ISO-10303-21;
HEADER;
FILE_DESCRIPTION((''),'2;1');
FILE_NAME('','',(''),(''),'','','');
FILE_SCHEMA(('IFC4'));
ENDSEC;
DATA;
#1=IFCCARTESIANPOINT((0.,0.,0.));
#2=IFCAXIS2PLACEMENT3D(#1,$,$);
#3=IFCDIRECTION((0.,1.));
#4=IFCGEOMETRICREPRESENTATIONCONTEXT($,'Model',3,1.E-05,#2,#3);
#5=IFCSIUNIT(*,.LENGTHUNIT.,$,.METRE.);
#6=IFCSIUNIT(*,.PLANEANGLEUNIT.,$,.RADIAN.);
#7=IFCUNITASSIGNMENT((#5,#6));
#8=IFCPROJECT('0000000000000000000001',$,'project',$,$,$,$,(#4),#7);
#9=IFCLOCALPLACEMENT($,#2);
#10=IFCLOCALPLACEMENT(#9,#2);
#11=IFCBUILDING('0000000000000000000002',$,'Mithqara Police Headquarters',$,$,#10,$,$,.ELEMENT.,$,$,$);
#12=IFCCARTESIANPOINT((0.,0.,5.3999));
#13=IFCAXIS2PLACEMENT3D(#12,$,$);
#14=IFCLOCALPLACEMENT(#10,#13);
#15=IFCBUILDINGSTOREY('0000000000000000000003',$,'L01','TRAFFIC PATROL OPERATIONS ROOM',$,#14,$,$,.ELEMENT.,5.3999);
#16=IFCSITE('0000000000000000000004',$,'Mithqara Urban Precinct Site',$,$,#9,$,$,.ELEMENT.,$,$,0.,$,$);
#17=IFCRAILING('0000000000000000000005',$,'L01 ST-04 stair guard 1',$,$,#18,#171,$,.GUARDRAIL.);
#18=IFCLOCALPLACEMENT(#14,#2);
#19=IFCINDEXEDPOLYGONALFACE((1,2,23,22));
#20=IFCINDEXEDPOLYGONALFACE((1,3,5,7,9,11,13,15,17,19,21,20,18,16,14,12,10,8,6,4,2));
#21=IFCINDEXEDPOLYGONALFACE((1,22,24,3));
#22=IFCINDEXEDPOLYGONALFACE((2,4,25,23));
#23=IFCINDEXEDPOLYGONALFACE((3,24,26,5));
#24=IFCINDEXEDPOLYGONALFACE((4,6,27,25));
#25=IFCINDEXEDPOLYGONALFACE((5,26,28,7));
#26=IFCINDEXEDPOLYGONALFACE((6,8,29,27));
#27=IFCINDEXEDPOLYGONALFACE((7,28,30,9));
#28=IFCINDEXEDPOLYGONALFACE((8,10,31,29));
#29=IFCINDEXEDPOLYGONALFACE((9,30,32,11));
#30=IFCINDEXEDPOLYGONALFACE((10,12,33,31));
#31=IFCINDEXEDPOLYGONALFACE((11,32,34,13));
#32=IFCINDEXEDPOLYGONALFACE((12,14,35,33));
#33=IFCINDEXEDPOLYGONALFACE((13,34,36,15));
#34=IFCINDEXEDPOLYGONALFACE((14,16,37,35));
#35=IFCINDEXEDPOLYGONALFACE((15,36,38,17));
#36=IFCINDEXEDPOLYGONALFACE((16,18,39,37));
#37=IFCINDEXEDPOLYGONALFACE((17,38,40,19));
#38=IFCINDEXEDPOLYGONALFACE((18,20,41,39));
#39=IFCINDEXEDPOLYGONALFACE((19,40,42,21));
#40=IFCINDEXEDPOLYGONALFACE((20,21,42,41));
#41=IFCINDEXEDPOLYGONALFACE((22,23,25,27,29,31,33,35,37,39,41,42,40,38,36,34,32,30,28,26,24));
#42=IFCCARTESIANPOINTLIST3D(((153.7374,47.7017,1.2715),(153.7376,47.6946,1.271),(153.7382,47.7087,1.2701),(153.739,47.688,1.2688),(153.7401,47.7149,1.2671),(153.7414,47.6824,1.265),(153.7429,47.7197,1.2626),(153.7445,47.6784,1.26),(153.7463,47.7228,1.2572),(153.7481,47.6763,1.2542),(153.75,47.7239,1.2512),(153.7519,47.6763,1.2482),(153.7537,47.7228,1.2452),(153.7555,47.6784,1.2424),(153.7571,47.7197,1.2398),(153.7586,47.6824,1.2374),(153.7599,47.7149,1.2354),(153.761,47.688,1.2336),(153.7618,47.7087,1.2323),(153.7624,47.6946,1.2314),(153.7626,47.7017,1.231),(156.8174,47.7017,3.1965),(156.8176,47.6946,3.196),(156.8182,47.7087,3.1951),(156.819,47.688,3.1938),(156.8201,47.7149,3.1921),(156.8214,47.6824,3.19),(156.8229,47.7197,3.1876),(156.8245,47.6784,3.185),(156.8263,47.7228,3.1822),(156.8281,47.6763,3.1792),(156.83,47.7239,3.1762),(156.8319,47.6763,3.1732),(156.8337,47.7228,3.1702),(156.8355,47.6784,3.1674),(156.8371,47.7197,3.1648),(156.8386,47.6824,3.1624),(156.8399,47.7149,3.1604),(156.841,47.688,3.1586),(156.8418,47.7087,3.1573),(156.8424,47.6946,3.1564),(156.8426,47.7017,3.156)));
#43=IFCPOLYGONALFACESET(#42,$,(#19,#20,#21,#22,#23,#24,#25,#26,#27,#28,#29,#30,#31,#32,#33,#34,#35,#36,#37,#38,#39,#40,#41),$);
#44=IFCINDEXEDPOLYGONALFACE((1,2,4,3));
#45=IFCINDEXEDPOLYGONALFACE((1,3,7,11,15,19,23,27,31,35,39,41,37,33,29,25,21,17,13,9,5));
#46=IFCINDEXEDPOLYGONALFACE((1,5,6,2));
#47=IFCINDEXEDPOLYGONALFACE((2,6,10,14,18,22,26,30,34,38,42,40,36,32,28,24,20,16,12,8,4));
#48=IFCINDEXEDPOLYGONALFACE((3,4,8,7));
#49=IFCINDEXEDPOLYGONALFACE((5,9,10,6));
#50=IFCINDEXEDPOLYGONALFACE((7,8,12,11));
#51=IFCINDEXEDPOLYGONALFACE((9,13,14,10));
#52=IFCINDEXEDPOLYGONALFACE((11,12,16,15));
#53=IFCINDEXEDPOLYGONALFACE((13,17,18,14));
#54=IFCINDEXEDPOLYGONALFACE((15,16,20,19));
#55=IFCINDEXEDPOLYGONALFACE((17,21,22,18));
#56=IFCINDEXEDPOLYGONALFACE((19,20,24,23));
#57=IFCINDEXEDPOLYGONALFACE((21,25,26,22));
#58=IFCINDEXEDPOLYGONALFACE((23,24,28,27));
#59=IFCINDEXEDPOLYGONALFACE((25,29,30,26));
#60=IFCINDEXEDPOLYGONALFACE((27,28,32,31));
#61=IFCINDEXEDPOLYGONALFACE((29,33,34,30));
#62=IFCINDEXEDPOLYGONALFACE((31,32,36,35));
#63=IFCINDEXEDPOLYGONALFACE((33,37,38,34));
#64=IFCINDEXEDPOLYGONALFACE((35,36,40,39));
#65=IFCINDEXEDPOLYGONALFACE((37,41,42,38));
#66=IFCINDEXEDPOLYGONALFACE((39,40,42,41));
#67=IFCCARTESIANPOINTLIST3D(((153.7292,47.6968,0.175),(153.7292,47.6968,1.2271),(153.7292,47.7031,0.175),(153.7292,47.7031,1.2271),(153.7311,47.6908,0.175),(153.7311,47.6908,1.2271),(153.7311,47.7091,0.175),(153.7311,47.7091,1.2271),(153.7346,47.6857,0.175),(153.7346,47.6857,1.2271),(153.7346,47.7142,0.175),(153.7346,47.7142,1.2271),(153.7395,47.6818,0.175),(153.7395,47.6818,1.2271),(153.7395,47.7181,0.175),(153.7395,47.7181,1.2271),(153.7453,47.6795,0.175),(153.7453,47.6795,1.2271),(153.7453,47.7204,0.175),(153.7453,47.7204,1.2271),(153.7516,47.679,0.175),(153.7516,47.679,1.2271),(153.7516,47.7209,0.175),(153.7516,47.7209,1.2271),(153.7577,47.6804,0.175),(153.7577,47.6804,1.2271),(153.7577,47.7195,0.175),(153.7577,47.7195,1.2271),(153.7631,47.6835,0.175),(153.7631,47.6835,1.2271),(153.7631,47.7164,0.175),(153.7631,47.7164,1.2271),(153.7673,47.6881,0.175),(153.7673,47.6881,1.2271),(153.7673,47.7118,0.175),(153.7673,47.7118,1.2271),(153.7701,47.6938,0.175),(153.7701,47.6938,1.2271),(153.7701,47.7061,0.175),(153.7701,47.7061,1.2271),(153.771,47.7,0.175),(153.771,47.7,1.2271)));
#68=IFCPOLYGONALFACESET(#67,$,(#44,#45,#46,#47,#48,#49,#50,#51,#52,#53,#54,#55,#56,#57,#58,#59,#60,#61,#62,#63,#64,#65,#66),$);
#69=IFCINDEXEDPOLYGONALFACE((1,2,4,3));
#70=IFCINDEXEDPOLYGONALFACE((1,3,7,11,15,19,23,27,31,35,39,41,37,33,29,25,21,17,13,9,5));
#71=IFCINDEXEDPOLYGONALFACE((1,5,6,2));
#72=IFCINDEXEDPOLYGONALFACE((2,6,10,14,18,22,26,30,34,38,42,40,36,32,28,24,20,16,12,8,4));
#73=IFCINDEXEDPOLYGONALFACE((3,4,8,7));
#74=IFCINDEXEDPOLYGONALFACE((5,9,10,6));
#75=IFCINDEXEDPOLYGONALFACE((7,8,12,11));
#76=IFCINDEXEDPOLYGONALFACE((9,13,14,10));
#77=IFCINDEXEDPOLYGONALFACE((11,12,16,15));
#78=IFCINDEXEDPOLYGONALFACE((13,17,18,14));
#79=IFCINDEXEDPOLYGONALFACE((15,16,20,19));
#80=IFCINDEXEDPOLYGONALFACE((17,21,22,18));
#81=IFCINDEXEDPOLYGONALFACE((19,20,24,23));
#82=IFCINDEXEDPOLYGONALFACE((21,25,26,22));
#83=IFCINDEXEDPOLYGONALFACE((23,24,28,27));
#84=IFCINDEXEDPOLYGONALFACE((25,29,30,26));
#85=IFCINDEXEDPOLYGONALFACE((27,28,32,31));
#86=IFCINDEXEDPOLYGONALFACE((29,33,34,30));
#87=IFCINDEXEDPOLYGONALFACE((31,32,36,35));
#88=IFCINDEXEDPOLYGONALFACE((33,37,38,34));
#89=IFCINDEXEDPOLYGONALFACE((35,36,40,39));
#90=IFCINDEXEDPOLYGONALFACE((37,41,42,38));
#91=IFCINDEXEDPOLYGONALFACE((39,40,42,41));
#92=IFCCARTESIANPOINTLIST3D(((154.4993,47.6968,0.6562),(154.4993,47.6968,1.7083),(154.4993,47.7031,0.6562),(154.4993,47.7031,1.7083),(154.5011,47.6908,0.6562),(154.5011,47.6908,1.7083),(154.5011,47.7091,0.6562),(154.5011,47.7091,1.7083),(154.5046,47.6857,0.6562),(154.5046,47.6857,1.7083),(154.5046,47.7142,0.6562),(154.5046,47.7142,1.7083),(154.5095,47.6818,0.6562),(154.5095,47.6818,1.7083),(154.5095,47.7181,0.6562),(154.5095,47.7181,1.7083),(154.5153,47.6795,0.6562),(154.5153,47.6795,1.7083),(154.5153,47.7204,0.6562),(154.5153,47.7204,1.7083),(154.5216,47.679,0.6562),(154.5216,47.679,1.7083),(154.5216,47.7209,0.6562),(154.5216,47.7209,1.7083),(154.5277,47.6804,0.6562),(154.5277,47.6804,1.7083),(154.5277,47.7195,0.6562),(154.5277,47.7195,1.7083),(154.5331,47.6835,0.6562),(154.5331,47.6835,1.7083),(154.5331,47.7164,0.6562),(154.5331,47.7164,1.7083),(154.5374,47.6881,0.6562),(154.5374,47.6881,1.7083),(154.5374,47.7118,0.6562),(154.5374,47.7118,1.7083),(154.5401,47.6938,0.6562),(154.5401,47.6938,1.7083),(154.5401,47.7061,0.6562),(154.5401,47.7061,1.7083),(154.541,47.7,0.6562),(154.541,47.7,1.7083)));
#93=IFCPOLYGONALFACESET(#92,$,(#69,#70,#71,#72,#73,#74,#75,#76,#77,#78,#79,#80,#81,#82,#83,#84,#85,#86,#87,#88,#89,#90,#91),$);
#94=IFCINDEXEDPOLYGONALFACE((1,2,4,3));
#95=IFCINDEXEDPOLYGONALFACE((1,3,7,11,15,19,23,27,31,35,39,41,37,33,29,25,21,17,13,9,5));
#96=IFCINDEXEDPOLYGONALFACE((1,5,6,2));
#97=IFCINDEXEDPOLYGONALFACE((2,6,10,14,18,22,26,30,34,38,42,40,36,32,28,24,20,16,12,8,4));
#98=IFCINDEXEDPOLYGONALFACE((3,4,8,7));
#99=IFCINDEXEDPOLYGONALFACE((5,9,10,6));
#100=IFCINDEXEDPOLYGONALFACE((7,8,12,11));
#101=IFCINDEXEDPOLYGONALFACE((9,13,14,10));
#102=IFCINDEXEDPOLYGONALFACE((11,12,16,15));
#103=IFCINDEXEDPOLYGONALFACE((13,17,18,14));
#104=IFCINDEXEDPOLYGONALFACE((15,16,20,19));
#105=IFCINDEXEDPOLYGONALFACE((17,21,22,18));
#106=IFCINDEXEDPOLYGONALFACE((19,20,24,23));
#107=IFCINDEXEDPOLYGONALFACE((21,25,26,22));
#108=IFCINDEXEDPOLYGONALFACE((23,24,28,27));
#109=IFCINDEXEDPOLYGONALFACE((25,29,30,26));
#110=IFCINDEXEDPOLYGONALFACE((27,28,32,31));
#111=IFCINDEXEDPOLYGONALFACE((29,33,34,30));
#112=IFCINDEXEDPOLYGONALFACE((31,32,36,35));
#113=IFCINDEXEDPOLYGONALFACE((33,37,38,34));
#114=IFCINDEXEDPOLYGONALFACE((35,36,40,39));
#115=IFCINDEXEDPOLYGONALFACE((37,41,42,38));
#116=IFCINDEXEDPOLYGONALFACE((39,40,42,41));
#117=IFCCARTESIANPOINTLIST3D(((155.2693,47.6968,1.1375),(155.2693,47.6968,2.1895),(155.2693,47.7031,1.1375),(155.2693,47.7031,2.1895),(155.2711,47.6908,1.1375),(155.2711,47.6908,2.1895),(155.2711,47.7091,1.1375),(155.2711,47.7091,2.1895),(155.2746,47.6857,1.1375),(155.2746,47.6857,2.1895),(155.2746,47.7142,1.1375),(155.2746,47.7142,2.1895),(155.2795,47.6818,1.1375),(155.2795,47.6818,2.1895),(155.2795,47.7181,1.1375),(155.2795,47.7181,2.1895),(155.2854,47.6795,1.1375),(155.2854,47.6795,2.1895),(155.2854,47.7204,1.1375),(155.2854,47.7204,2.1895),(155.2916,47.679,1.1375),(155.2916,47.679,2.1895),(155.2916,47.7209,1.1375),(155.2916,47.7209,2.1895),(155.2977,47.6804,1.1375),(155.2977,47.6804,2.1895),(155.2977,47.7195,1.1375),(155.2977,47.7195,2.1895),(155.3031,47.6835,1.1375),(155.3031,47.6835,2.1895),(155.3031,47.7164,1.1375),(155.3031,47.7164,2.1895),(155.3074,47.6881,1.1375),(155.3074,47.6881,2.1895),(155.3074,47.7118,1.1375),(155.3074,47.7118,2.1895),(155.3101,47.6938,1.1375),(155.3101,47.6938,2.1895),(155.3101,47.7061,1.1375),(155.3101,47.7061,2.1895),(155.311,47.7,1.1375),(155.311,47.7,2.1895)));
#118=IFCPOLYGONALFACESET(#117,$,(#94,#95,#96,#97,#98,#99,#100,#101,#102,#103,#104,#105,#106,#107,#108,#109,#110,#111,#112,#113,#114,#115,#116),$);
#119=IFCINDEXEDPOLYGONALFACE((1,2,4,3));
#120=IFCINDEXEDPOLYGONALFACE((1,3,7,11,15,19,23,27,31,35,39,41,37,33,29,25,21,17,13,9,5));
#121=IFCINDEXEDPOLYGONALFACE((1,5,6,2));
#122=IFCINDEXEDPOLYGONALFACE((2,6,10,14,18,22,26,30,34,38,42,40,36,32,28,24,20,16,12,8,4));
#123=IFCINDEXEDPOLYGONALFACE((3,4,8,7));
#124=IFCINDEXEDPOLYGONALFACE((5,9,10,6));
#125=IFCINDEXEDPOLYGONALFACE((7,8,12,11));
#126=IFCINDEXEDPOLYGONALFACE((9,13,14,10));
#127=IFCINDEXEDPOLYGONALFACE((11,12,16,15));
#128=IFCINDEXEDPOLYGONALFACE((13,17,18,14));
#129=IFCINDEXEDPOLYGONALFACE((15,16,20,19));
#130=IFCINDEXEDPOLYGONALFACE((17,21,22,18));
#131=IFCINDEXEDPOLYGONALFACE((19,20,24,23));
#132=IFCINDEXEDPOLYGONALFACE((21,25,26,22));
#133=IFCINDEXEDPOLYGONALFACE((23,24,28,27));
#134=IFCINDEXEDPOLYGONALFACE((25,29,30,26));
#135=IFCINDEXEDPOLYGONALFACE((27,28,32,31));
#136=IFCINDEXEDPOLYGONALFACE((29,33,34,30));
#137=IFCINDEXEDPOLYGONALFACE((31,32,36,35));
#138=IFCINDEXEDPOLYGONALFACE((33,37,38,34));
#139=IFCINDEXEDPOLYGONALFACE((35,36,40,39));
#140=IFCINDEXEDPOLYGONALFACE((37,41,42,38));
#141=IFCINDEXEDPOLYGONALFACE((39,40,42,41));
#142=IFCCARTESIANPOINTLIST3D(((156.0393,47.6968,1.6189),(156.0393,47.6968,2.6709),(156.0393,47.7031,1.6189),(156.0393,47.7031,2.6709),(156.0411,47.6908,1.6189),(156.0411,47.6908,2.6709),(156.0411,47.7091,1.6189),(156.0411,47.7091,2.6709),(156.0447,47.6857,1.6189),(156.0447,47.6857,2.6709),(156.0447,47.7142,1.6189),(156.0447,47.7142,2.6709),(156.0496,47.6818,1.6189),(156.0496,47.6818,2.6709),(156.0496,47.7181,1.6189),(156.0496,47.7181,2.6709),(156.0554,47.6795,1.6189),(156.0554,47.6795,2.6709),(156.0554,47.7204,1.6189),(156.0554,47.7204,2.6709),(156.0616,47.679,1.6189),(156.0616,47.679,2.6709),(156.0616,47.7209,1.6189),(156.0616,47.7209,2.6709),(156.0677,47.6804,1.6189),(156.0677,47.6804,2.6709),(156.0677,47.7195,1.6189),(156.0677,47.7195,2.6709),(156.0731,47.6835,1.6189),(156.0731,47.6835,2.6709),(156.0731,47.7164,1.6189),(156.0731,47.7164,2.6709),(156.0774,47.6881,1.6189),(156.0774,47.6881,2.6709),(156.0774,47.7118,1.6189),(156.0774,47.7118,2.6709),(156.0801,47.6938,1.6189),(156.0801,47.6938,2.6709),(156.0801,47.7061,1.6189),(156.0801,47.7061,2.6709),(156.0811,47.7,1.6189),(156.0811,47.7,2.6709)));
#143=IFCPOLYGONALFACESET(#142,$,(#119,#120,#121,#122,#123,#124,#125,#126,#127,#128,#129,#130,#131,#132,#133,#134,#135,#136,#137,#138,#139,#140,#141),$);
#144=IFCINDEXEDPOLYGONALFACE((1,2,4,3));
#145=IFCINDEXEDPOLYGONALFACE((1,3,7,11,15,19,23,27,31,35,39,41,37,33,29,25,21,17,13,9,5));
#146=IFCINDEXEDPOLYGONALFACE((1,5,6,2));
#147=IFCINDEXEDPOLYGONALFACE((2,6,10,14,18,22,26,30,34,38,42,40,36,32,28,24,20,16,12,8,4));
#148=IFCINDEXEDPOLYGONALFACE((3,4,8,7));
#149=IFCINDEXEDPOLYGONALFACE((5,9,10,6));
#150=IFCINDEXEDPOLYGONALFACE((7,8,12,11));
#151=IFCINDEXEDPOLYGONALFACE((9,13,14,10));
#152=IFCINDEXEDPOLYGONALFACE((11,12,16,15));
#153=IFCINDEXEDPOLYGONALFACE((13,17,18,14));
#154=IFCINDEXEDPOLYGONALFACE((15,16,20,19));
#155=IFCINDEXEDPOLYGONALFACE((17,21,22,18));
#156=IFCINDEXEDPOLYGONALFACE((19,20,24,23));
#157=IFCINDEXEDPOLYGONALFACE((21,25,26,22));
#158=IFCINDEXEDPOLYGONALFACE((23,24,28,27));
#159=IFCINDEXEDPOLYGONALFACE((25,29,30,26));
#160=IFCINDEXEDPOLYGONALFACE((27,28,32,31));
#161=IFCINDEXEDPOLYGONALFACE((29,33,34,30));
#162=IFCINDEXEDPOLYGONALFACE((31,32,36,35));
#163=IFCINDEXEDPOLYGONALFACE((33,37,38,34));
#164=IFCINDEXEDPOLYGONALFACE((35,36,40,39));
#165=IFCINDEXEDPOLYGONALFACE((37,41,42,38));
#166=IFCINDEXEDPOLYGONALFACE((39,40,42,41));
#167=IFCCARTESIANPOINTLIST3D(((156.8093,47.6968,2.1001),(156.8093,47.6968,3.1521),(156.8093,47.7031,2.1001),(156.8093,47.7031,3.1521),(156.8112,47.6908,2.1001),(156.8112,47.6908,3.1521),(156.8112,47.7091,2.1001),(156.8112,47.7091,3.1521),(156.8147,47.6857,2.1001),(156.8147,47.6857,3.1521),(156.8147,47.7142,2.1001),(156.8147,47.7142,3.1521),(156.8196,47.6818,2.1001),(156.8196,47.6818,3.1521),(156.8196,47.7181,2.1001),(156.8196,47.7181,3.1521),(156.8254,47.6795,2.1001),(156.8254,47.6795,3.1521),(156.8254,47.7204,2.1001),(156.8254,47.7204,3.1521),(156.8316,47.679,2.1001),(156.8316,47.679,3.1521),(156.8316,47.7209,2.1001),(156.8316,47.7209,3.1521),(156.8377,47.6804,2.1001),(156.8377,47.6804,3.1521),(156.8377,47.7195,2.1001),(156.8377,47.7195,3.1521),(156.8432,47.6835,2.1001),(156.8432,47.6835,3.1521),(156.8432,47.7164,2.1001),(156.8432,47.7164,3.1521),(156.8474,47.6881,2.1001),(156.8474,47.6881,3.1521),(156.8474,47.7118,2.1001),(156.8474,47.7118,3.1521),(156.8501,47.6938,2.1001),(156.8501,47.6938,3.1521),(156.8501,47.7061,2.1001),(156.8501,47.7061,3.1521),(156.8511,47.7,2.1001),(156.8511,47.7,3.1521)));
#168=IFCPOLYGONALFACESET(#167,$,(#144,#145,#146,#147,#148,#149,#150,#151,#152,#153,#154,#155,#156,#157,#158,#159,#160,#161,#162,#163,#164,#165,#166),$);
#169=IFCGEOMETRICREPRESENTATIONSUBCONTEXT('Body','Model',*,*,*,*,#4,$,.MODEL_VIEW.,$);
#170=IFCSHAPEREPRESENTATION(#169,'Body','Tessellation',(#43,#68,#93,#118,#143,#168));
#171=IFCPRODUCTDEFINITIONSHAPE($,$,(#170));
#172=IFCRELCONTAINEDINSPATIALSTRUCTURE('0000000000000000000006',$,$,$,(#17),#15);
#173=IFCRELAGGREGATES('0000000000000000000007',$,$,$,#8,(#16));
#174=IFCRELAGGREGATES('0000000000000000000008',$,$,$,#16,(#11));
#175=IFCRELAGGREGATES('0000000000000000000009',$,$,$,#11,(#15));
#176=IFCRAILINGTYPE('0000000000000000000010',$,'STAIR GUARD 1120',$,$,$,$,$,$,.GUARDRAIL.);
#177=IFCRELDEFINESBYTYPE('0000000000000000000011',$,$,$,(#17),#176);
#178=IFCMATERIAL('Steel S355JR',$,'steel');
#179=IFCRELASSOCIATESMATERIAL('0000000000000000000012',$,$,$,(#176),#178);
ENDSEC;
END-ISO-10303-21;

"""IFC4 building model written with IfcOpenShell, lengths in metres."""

from ifc_helpers import new_model, si_unit, direction, frame, origin, origin_2d, place, context, subcontext, project, spatial, circle, extrude, material, type_object, element, save


model = new_model("IFC4")

# Units and contexts
model_context = context("Model", 3, precision=1e-05, world=origin(), true_north=direction((0.0, 1.0)))
body_context = subcontext(model_context, "Body", "Model", "MODEL_VIEW")
ifc_project = project(units=[si_unit("LENGTHUNIT", "METRE"), si_unit("PLANEANGLEUNIT", "RADIAN")], contexts=[model_context])

# Site, building, storey
site_placement = place(None, origin())
site = spatial("IfcSite", under=ifc_project, at=site_placement, Name="Mithqara Urban Precinct Site", CompositionType="ELEMENT", RefElevation=0.0)
building_placement = place(site_placement, origin())
building = spatial("IfcBuilding", under=site, at=building_placement, Name="Mithqara Police Headquarters", CompositionType="ELEMENT")
storey_placement = place(building_placement, frame((0.0, 0.0, 5.3999)))
storey = spatial("IfcBuildingStorey", under=building, at=storey_placement, Name="L01", Description="TRAFFIC PATROL OPERATIONS ROOM", CompositionType="ELEMENT", Elevation=5.3999)

# Shared definitions
ifc_material_1 = material(Name="Steel S355JR", Category="steel")

# Railing
railing_type_1 = type_object("IfcRailingType", Name="STAIR GUARD 1120", PredefinedType="GUARDRAIL", material=ifc_material_1)
railing_1_placement = place(storey_placement, frame((153.75, 47.7, 0.175)))
element("IfcRailing", 1, at=railing_1_placement, inside=storey, type_object=railing_type_1, Name="L01 ST-04 stair guard 1", PredefinedType="GUARDRAIL", context=body_context, shape_type="SweptSolid", body=[
    extrude(circle(Radius=0.0239, at=origin_2d()), frame((0.0, 0.0, 1.0762), z_axis=(0.847998, 0.0, 0.529999), x_axis=(0.0, 1.0, 0.0)), (0.0, 0.0, 1.0), 3.6321),
    extrude(circle(Radius=0.021, at=origin_2d()), origin(), (0.0, 0.0, 1.0), 1.052),
    extrude(circle(Radius=0.021, at=origin_2d()), frame((0.77, 0.0, 0.4812)), (0.0, 0.0, 1.0), 1.052),
    extrude(circle(Radius=0.021, at=origin_2d()), frame((1.54, 0.0, 0.9624)), (0.0, 0.0, 1.0), 1.052),
    extrude(circle(Radius=0.021, at=origin_2d()), frame((2.3101, 0.0, 1.4438)), (0.0, 0.0, 1.0), 1.052),
    extrude(circle(Radius=0.021, at=origin_2d()), frame((3.0801, 0.0, 1.925)), (0.0, 0.0, 1.0), 1.052),
])

save(model, "model.ifc")
